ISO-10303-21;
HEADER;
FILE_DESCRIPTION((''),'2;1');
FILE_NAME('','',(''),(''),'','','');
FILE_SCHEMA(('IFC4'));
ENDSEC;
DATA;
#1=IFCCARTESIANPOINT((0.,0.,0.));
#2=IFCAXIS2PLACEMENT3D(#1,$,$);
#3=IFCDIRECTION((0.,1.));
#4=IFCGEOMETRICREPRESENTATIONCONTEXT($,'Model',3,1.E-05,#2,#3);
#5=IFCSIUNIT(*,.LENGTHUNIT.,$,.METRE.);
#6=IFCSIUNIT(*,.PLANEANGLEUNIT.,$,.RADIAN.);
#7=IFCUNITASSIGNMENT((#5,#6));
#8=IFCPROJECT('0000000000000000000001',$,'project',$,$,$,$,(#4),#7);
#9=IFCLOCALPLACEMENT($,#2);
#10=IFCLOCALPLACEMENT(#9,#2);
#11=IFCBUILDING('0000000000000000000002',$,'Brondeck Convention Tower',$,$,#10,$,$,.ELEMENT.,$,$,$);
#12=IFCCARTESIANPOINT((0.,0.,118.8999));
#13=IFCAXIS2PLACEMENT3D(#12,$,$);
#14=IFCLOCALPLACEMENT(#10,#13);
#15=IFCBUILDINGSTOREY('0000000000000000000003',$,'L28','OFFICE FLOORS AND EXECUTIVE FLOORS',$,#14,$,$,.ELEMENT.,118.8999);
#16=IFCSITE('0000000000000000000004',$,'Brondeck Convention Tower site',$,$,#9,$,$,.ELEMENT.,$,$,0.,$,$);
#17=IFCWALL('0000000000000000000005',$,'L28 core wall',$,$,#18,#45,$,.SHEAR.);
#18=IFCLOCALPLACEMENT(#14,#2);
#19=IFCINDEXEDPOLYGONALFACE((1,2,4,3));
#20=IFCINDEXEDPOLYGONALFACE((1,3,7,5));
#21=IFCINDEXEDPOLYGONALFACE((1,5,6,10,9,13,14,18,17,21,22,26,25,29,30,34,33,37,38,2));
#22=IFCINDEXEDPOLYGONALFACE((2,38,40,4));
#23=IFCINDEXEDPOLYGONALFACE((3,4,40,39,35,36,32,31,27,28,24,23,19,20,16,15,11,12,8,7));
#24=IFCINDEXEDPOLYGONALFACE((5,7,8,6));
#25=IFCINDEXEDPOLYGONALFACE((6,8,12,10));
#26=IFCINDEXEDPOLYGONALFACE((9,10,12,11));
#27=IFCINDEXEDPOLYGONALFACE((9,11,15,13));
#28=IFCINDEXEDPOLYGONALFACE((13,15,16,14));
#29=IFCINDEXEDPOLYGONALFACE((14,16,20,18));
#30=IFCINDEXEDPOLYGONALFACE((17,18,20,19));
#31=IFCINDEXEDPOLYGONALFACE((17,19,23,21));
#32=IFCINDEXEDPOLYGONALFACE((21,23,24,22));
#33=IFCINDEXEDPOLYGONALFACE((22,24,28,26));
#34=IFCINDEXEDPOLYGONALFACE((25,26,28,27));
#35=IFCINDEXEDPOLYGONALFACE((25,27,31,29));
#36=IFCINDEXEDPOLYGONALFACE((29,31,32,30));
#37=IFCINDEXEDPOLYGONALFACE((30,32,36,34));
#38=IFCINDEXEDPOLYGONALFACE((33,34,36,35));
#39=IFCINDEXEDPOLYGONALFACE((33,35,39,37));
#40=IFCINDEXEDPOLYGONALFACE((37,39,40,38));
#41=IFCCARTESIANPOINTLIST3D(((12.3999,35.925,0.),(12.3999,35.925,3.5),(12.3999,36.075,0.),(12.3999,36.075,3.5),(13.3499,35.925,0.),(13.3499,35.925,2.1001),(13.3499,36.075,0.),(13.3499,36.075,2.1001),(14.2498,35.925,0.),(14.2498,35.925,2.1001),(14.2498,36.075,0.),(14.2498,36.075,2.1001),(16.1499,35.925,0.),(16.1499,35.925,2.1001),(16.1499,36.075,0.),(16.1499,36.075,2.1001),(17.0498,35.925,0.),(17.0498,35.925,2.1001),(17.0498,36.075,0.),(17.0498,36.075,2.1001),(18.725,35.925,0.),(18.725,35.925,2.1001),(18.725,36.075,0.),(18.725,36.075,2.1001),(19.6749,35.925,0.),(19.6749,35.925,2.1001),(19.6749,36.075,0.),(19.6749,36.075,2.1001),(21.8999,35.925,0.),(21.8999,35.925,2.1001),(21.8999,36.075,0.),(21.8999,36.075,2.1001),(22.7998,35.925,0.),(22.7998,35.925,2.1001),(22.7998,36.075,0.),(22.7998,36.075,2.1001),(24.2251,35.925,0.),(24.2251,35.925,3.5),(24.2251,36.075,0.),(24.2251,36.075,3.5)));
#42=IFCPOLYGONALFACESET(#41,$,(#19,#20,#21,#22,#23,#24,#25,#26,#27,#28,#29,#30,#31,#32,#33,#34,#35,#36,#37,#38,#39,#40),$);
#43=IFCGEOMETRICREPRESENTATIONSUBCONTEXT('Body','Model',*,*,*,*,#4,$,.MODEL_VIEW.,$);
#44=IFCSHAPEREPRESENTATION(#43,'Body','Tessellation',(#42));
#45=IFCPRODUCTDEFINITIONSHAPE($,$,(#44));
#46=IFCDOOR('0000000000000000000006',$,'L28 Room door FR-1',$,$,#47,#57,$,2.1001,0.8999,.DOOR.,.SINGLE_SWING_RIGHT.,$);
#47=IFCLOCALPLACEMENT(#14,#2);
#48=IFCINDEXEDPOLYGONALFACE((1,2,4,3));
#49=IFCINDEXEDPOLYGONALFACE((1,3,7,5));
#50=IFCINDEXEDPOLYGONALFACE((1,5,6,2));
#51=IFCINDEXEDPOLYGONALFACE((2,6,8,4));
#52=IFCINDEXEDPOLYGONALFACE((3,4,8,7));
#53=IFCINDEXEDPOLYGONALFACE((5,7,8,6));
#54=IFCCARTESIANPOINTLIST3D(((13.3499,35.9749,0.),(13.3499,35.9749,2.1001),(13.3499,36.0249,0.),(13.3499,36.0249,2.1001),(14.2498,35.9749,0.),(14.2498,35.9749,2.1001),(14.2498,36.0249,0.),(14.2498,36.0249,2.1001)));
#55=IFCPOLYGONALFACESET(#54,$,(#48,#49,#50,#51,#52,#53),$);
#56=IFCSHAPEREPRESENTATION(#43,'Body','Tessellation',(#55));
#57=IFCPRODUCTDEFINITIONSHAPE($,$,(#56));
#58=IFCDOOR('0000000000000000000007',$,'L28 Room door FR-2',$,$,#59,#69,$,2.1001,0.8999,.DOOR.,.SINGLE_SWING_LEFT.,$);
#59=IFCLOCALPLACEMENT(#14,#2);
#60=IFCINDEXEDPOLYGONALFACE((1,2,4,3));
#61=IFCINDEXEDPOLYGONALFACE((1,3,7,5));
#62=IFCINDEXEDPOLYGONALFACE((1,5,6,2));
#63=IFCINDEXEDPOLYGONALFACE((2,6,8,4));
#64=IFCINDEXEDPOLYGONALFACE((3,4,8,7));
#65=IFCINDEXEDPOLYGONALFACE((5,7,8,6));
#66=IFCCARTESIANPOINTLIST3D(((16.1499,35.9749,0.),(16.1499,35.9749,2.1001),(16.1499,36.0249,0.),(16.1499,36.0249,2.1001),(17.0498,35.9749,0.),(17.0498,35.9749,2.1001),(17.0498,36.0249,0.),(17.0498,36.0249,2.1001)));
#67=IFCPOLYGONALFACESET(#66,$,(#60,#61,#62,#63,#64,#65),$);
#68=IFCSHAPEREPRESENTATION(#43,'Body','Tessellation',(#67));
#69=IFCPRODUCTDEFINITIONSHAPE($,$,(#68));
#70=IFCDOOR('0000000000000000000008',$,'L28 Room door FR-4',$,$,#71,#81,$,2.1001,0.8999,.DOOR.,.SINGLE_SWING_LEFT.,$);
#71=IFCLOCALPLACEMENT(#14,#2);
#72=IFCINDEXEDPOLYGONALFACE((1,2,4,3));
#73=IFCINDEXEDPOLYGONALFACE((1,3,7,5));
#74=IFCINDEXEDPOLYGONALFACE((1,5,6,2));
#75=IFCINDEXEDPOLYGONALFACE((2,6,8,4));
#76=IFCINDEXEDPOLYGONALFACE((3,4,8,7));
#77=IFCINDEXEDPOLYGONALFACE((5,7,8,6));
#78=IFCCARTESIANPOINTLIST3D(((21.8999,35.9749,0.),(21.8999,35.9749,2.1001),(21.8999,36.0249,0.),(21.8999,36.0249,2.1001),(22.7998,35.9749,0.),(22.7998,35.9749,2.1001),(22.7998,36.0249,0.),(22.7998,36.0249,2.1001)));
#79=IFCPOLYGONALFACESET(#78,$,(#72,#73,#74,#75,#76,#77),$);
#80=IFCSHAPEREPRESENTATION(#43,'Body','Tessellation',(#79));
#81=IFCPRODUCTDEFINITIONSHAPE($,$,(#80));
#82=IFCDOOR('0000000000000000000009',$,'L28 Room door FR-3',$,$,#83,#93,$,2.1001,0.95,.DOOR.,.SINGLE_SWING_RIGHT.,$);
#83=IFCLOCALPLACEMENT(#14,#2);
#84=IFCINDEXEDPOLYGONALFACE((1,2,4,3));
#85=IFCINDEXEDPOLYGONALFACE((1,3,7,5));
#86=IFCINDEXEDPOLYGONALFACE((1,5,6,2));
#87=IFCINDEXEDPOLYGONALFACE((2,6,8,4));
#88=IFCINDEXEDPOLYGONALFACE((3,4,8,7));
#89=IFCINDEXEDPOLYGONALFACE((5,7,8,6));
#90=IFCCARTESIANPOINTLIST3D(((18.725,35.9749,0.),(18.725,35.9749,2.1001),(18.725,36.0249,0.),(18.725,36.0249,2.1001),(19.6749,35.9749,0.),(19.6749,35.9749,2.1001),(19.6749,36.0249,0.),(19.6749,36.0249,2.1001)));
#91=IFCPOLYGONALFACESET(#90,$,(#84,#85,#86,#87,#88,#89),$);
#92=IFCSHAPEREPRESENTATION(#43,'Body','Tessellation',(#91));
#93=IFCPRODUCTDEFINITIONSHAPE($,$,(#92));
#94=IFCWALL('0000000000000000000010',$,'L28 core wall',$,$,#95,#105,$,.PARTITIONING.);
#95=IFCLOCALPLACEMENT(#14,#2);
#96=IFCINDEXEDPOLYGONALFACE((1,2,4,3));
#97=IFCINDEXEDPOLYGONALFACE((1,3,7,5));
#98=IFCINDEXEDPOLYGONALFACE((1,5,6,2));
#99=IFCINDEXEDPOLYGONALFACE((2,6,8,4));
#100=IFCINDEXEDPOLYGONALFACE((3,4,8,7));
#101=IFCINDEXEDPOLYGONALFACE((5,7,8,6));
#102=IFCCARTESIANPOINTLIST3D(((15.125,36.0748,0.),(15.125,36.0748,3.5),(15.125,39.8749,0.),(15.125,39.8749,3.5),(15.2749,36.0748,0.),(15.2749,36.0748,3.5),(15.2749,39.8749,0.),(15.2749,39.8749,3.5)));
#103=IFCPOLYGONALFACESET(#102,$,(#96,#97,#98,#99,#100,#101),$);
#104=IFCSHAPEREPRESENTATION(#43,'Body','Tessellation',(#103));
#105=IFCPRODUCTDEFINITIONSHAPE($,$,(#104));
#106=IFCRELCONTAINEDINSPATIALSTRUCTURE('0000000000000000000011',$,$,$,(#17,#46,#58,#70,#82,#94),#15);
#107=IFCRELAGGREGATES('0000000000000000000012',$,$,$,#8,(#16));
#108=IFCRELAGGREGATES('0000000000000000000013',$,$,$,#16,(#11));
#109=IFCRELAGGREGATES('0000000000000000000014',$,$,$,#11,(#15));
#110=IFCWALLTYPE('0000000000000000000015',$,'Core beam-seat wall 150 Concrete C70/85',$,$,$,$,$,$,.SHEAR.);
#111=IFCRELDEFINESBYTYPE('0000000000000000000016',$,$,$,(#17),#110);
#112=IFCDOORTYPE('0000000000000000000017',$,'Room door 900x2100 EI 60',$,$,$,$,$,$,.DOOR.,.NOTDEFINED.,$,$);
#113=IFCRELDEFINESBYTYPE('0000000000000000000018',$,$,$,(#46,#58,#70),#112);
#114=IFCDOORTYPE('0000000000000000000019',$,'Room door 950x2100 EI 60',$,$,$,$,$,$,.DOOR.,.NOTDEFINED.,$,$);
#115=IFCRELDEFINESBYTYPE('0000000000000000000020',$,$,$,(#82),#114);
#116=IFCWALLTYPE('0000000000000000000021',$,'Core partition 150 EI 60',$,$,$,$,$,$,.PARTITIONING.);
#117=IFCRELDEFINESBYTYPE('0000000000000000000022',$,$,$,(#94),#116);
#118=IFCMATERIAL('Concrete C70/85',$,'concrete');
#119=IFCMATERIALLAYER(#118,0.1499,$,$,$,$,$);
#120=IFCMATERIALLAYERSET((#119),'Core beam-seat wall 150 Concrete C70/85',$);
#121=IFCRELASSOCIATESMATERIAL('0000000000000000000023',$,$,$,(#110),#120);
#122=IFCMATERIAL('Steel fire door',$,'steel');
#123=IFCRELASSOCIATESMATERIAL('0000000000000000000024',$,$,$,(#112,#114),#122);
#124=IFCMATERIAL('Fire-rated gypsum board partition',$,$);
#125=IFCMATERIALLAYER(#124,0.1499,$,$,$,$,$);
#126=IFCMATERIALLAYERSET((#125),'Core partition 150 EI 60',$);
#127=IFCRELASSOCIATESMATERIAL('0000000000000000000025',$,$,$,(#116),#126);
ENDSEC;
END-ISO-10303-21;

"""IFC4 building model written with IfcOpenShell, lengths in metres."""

from ifc_helpers import new_model, si_unit, direction, frame, frame_2d, origin, place, context, subcontext, project, spatial, rectangle, extrude, material, layer, layer_set, type_object, element, fill, save


model = new_model("IFC4")

# Units and contexts
model_context = context("Model", 3, precision=1e-05, world=origin(), true_north=direction((0.0, 1.0)))
body_context = subcontext(model_context, "Body", "Model", "MODEL_VIEW")
ifc_project = project(units=[si_unit("LENGTHUNIT", "METRE"), si_unit("PLANEANGLEUNIT", "RADIAN")], contexts=[model_context])

# Site, building, storey
site_placement = place(None, origin())
site = spatial("IfcSite", under=ifc_project, at=site_placement, Name="Brondeck Convention Tower site", CompositionType="ELEMENT", RefElevation=0.0)
building_placement = place(site_placement, origin())
building = spatial("IfcBuilding", under=site, at=building_placement, Name="Brondeck Convention Tower", CompositionType="ELEMENT")
storey_placement = place(building_placement, frame((0.0, 0.0, 118.8999)))
storey = spatial("IfcBuildingStorey", under=building, at=storey_placement, Name="L28", Description="OFFICE FLOORS AND EXECUTIVE FLOORS", CompositionType="ELEMENT", Elevation=118.8999)

# Wall, openings, doors
ifc_material_1 = material(Name="Concrete C70/85", Category="concrete")
ifc_layer_1 = layer(ifc_material_1, 0.1499)
ifc_layer_set_1 = layer_set([ifc_layer_1], Name="Core beam-seat wall 150 Concrete C70/85")
wall_type_1 = type_object("IfcWallType", Name="Core beam-seat wall 150 Concrete C70/85", PredefinedType="SHEAR", material=ifc_layer_set_1)
wall_1_placement = place(storey_placement, frame((12.3999, 36.0, 0.0), z_axis=(0.0, 0.0, 1.0), x_axis=(1.0, 0.0, 0.0)))
wall_1 = element("IfcWall", 1, at=wall_1_placement, inside=storey, type_object=wall_type_1, Name="L28 core wall", PredefinedType="SHEAR", context=body_context, shape_type="SweptSolid", body=[
    extrude(rectangle(XDim=11.8252, YDim=0.1499, at=frame_2d((5.9126, 0.0))), origin(), (0.0, 0.0, 1.0), 3.5),
])
opening_1_placement = place(wall_1_placement, frame((0.95, 0.0, 0.0)))
opening_1 = element("IfcOpeningElement", 2, at=opening_1_placement, cuts=wall_1, PredefinedType="OPENING", context=body_context, shape_type="SweptSolid", body=[
    extrude(rectangle(XDim=0.8999, YDim=2.1001, at=frame_2d((0.45, 1.05))), frame((0.0, 0.085, 0.0), z_axis=(0.0, -1.0, 0.0), x_axis=(1.0, 0.0, 0.0)), (0.0, 0.0, 1.0), 0.1699),
])
opening_2_placement = place(wall_1_placement, frame((3.75, 0.0, 0.0)))
opening_2 = element("IfcOpeningElement", 3, at=opening_2_placement, cuts=wall_1, PredefinedType="OPENING", context=body_context, shape_type="SweptSolid", body=[
    extrude(rectangle(XDim=0.8999, YDim=2.1001, at=frame_2d((0.45, 1.05))), frame((0.0, 0.085, 0.0), z_axis=(0.0, -1.0, 0.0), x_axis=(1.0, 0.0, 0.0)), (0.0, 0.0, 1.0), 0.1699),
])
opening_3_placement = place(wall_1_placement, frame((6.325, 0.0, 0.0)))
opening_3 = element("IfcOpeningElement", 4, at=opening_3_placement, cuts=wall_1, PredefinedType="OPENING", context=body_context, shape_type="SweptSolid", body=[
    extrude(rectangle(XDim=0.95, YDim=2.1001, at=frame_2d((0.4751, 1.05))), frame((0.0, 0.085, 0.0), z_axis=(0.0, -1.0, 0.0), x_axis=(1.0, 0.0, 0.0)), (0.0, 0.0, 1.0), 0.1699),
])
opening_4_placement = place(wall_1_placement, frame((9.5, 0.0, 0.0)))
opening_4 = element("IfcOpeningElement", 5, at=opening_4_placement, cuts=wall_1, PredefinedType="OPENING", context=body_context, shape_type="SweptSolid", body=[
    extrude(rectangle(XDim=0.8999, YDim=2.1001, at=frame_2d((0.45, 1.05))), frame((0.0, 0.085, 0.0), z_axis=(0.0, -1.0, 0.0), x_axis=(1.0, 0.0, 0.0)), (0.0, 0.0, 1.0), 0.1699),
])
ifc_material_2 = material(Name="Steel fire door", Category="steel")
door_type_1 = type_object("IfcDoorType", Name="Room door 900x2100 EI 60", OperationType="NOTDEFINED", PredefinedType="DOOR", material=ifc_material_2)
door_1_placement = place(opening_1_placement, origin())
door_1 = element("IfcDoor", 6, at=door_1_placement, inside=storey, type_object=door_type_1, Name="L28 Room door FR-1", OperationType="SINGLE_SWING_RIGHT", OverallHeight=2.1001, OverallWidth=0.8999, PredefinedType="DOOR", context=body_context, shape_type="SweptSolid", body=[
    extrude(rectangle(XDim=0.8999, YDim=2.1001, at=frame_2d((0.45, 1.05))), frame((0.0, 0.0249, 0.0), z_axis=(0.0, -1.0, 0.0), x_axis=(1.0, 0.0, 0.0)), (0.0, 0.0, 1.0), 0.05),
])
fill(opening_1, door_1)
door_2_placement = place(opening_2_placement, origin())
door_2 = element("IfcDoor", 7, at=door_2_placement, inside=storey, type_object=door_type_1, Name="L28 Room door FR-2", OperationType="SINGLE_SWING_LEFT", OverallHeight=2.1001, OverallWidth=0.8999, PredefinedType="DOOR", context=body_context, shape_type="SweptSolid", body=[
    extrude(rectangle(XDim=0.8999, YDim=2.1001, at=frame_2d((0.45, 1.05))), frame((0.0, 0.0249, 0.0), z_axis=(0.0, -1.0, 0.0), x_axis=(1.0, 0.0, 0.0)), (0.0, 0.0, 1.0), 0.05),
])
fill(opening_2, door_2)
door_3_placement = place(opening_4_placement, origin())
door_3 = element("IfcDoor", 8, at=door_3_placement, inside=storey, type_object=door_type_1, Name="L28 Room door FR-4", OperationType="SINGLE_SWING_LEFT", OverallHeight=2.1001, OverallWidth=0.8999, PredefinedType="DOOR", context=body_context, shape_type="SweptSolid", body=[
    extrude(rectangle(XDim=0.8999, YDim=2.1001, at=frame_2d((0.45, 1.05))), frame((0.0, 0.0249, 0.0), z_axis=(0.0, -1.0, 0.0), x_axis=(1.0, 0.0, 0.0)), (0.0, 0.0, 1.0), 0.05),
])
fill(opening_4, door_3)
door_type_2 = type_object("IfcDoorType", Name="Room door 950x2100 EI 60", OperationType="NOTDEFINED", PredefinedType="DOOR", material=ifc_material_2)
door_4_placement = place(opening_3_placement, origin())
door_4 = element("IfcDoor", 9, at=door_4_placement, inside=storey, type_object=door_type_2, Name="L28 Room door FR-3", OperationType="SINGLE_SWING_RIGHT", OverallHeight=2.1001, OverallWidth=0.95, PredefinedType="DOOR", context=body_context, shape_type="SweptSolid", body=[
    extrude(rectangle(XDim=0.95, YDim=2.1001, at=frame_2d((0.4751, 1.05))), frame((0.0, 0.0249, 0.0), z_axis=(0.0, -1.0, 0.0), x_axis=(1.0, 0.0, 0.0)), (0.0, 0.0, 1.0), 0.05),
])
fill(opening_3, door_4)

# Wall
ifc_material_3 = material(Name="Fire-rated gypsum board partition")
ifc_layer_2 = layer(ifc_material_3, 0.1499)
ifc_layer_set_2 = layer_set([ifc_layer_2], Name="Core partition 150 EI 60")
wall_type_2 = type_object("IfcWallType", Name="Core partition 150 EI 60", PredefinedType="PARTITIONING", material=ifc_layer_set_2)
wall_2_placement = place(storey_placement, frame((15.2, 36.075, 0.0), z_axis=(0.0, 0.0, 1.0), x_axis=(0.0, 1.0, 0.0)))
element("IfcWall", 10, at=wall_2_placement, inside=storey, type_object=wall_type_2, Name="L28 core wall", PredefinedType="PARTITIONING", context=body_context, shape_type="SweptSolid", body=[
    extrude(rectangle(XDim=3.8, YDim=0.1499, at=frame_2d((1.8999, 0.0))), origin(), (0.0, 0.0, 1.0), 3.5),
])

save(model, "model.ifc")
